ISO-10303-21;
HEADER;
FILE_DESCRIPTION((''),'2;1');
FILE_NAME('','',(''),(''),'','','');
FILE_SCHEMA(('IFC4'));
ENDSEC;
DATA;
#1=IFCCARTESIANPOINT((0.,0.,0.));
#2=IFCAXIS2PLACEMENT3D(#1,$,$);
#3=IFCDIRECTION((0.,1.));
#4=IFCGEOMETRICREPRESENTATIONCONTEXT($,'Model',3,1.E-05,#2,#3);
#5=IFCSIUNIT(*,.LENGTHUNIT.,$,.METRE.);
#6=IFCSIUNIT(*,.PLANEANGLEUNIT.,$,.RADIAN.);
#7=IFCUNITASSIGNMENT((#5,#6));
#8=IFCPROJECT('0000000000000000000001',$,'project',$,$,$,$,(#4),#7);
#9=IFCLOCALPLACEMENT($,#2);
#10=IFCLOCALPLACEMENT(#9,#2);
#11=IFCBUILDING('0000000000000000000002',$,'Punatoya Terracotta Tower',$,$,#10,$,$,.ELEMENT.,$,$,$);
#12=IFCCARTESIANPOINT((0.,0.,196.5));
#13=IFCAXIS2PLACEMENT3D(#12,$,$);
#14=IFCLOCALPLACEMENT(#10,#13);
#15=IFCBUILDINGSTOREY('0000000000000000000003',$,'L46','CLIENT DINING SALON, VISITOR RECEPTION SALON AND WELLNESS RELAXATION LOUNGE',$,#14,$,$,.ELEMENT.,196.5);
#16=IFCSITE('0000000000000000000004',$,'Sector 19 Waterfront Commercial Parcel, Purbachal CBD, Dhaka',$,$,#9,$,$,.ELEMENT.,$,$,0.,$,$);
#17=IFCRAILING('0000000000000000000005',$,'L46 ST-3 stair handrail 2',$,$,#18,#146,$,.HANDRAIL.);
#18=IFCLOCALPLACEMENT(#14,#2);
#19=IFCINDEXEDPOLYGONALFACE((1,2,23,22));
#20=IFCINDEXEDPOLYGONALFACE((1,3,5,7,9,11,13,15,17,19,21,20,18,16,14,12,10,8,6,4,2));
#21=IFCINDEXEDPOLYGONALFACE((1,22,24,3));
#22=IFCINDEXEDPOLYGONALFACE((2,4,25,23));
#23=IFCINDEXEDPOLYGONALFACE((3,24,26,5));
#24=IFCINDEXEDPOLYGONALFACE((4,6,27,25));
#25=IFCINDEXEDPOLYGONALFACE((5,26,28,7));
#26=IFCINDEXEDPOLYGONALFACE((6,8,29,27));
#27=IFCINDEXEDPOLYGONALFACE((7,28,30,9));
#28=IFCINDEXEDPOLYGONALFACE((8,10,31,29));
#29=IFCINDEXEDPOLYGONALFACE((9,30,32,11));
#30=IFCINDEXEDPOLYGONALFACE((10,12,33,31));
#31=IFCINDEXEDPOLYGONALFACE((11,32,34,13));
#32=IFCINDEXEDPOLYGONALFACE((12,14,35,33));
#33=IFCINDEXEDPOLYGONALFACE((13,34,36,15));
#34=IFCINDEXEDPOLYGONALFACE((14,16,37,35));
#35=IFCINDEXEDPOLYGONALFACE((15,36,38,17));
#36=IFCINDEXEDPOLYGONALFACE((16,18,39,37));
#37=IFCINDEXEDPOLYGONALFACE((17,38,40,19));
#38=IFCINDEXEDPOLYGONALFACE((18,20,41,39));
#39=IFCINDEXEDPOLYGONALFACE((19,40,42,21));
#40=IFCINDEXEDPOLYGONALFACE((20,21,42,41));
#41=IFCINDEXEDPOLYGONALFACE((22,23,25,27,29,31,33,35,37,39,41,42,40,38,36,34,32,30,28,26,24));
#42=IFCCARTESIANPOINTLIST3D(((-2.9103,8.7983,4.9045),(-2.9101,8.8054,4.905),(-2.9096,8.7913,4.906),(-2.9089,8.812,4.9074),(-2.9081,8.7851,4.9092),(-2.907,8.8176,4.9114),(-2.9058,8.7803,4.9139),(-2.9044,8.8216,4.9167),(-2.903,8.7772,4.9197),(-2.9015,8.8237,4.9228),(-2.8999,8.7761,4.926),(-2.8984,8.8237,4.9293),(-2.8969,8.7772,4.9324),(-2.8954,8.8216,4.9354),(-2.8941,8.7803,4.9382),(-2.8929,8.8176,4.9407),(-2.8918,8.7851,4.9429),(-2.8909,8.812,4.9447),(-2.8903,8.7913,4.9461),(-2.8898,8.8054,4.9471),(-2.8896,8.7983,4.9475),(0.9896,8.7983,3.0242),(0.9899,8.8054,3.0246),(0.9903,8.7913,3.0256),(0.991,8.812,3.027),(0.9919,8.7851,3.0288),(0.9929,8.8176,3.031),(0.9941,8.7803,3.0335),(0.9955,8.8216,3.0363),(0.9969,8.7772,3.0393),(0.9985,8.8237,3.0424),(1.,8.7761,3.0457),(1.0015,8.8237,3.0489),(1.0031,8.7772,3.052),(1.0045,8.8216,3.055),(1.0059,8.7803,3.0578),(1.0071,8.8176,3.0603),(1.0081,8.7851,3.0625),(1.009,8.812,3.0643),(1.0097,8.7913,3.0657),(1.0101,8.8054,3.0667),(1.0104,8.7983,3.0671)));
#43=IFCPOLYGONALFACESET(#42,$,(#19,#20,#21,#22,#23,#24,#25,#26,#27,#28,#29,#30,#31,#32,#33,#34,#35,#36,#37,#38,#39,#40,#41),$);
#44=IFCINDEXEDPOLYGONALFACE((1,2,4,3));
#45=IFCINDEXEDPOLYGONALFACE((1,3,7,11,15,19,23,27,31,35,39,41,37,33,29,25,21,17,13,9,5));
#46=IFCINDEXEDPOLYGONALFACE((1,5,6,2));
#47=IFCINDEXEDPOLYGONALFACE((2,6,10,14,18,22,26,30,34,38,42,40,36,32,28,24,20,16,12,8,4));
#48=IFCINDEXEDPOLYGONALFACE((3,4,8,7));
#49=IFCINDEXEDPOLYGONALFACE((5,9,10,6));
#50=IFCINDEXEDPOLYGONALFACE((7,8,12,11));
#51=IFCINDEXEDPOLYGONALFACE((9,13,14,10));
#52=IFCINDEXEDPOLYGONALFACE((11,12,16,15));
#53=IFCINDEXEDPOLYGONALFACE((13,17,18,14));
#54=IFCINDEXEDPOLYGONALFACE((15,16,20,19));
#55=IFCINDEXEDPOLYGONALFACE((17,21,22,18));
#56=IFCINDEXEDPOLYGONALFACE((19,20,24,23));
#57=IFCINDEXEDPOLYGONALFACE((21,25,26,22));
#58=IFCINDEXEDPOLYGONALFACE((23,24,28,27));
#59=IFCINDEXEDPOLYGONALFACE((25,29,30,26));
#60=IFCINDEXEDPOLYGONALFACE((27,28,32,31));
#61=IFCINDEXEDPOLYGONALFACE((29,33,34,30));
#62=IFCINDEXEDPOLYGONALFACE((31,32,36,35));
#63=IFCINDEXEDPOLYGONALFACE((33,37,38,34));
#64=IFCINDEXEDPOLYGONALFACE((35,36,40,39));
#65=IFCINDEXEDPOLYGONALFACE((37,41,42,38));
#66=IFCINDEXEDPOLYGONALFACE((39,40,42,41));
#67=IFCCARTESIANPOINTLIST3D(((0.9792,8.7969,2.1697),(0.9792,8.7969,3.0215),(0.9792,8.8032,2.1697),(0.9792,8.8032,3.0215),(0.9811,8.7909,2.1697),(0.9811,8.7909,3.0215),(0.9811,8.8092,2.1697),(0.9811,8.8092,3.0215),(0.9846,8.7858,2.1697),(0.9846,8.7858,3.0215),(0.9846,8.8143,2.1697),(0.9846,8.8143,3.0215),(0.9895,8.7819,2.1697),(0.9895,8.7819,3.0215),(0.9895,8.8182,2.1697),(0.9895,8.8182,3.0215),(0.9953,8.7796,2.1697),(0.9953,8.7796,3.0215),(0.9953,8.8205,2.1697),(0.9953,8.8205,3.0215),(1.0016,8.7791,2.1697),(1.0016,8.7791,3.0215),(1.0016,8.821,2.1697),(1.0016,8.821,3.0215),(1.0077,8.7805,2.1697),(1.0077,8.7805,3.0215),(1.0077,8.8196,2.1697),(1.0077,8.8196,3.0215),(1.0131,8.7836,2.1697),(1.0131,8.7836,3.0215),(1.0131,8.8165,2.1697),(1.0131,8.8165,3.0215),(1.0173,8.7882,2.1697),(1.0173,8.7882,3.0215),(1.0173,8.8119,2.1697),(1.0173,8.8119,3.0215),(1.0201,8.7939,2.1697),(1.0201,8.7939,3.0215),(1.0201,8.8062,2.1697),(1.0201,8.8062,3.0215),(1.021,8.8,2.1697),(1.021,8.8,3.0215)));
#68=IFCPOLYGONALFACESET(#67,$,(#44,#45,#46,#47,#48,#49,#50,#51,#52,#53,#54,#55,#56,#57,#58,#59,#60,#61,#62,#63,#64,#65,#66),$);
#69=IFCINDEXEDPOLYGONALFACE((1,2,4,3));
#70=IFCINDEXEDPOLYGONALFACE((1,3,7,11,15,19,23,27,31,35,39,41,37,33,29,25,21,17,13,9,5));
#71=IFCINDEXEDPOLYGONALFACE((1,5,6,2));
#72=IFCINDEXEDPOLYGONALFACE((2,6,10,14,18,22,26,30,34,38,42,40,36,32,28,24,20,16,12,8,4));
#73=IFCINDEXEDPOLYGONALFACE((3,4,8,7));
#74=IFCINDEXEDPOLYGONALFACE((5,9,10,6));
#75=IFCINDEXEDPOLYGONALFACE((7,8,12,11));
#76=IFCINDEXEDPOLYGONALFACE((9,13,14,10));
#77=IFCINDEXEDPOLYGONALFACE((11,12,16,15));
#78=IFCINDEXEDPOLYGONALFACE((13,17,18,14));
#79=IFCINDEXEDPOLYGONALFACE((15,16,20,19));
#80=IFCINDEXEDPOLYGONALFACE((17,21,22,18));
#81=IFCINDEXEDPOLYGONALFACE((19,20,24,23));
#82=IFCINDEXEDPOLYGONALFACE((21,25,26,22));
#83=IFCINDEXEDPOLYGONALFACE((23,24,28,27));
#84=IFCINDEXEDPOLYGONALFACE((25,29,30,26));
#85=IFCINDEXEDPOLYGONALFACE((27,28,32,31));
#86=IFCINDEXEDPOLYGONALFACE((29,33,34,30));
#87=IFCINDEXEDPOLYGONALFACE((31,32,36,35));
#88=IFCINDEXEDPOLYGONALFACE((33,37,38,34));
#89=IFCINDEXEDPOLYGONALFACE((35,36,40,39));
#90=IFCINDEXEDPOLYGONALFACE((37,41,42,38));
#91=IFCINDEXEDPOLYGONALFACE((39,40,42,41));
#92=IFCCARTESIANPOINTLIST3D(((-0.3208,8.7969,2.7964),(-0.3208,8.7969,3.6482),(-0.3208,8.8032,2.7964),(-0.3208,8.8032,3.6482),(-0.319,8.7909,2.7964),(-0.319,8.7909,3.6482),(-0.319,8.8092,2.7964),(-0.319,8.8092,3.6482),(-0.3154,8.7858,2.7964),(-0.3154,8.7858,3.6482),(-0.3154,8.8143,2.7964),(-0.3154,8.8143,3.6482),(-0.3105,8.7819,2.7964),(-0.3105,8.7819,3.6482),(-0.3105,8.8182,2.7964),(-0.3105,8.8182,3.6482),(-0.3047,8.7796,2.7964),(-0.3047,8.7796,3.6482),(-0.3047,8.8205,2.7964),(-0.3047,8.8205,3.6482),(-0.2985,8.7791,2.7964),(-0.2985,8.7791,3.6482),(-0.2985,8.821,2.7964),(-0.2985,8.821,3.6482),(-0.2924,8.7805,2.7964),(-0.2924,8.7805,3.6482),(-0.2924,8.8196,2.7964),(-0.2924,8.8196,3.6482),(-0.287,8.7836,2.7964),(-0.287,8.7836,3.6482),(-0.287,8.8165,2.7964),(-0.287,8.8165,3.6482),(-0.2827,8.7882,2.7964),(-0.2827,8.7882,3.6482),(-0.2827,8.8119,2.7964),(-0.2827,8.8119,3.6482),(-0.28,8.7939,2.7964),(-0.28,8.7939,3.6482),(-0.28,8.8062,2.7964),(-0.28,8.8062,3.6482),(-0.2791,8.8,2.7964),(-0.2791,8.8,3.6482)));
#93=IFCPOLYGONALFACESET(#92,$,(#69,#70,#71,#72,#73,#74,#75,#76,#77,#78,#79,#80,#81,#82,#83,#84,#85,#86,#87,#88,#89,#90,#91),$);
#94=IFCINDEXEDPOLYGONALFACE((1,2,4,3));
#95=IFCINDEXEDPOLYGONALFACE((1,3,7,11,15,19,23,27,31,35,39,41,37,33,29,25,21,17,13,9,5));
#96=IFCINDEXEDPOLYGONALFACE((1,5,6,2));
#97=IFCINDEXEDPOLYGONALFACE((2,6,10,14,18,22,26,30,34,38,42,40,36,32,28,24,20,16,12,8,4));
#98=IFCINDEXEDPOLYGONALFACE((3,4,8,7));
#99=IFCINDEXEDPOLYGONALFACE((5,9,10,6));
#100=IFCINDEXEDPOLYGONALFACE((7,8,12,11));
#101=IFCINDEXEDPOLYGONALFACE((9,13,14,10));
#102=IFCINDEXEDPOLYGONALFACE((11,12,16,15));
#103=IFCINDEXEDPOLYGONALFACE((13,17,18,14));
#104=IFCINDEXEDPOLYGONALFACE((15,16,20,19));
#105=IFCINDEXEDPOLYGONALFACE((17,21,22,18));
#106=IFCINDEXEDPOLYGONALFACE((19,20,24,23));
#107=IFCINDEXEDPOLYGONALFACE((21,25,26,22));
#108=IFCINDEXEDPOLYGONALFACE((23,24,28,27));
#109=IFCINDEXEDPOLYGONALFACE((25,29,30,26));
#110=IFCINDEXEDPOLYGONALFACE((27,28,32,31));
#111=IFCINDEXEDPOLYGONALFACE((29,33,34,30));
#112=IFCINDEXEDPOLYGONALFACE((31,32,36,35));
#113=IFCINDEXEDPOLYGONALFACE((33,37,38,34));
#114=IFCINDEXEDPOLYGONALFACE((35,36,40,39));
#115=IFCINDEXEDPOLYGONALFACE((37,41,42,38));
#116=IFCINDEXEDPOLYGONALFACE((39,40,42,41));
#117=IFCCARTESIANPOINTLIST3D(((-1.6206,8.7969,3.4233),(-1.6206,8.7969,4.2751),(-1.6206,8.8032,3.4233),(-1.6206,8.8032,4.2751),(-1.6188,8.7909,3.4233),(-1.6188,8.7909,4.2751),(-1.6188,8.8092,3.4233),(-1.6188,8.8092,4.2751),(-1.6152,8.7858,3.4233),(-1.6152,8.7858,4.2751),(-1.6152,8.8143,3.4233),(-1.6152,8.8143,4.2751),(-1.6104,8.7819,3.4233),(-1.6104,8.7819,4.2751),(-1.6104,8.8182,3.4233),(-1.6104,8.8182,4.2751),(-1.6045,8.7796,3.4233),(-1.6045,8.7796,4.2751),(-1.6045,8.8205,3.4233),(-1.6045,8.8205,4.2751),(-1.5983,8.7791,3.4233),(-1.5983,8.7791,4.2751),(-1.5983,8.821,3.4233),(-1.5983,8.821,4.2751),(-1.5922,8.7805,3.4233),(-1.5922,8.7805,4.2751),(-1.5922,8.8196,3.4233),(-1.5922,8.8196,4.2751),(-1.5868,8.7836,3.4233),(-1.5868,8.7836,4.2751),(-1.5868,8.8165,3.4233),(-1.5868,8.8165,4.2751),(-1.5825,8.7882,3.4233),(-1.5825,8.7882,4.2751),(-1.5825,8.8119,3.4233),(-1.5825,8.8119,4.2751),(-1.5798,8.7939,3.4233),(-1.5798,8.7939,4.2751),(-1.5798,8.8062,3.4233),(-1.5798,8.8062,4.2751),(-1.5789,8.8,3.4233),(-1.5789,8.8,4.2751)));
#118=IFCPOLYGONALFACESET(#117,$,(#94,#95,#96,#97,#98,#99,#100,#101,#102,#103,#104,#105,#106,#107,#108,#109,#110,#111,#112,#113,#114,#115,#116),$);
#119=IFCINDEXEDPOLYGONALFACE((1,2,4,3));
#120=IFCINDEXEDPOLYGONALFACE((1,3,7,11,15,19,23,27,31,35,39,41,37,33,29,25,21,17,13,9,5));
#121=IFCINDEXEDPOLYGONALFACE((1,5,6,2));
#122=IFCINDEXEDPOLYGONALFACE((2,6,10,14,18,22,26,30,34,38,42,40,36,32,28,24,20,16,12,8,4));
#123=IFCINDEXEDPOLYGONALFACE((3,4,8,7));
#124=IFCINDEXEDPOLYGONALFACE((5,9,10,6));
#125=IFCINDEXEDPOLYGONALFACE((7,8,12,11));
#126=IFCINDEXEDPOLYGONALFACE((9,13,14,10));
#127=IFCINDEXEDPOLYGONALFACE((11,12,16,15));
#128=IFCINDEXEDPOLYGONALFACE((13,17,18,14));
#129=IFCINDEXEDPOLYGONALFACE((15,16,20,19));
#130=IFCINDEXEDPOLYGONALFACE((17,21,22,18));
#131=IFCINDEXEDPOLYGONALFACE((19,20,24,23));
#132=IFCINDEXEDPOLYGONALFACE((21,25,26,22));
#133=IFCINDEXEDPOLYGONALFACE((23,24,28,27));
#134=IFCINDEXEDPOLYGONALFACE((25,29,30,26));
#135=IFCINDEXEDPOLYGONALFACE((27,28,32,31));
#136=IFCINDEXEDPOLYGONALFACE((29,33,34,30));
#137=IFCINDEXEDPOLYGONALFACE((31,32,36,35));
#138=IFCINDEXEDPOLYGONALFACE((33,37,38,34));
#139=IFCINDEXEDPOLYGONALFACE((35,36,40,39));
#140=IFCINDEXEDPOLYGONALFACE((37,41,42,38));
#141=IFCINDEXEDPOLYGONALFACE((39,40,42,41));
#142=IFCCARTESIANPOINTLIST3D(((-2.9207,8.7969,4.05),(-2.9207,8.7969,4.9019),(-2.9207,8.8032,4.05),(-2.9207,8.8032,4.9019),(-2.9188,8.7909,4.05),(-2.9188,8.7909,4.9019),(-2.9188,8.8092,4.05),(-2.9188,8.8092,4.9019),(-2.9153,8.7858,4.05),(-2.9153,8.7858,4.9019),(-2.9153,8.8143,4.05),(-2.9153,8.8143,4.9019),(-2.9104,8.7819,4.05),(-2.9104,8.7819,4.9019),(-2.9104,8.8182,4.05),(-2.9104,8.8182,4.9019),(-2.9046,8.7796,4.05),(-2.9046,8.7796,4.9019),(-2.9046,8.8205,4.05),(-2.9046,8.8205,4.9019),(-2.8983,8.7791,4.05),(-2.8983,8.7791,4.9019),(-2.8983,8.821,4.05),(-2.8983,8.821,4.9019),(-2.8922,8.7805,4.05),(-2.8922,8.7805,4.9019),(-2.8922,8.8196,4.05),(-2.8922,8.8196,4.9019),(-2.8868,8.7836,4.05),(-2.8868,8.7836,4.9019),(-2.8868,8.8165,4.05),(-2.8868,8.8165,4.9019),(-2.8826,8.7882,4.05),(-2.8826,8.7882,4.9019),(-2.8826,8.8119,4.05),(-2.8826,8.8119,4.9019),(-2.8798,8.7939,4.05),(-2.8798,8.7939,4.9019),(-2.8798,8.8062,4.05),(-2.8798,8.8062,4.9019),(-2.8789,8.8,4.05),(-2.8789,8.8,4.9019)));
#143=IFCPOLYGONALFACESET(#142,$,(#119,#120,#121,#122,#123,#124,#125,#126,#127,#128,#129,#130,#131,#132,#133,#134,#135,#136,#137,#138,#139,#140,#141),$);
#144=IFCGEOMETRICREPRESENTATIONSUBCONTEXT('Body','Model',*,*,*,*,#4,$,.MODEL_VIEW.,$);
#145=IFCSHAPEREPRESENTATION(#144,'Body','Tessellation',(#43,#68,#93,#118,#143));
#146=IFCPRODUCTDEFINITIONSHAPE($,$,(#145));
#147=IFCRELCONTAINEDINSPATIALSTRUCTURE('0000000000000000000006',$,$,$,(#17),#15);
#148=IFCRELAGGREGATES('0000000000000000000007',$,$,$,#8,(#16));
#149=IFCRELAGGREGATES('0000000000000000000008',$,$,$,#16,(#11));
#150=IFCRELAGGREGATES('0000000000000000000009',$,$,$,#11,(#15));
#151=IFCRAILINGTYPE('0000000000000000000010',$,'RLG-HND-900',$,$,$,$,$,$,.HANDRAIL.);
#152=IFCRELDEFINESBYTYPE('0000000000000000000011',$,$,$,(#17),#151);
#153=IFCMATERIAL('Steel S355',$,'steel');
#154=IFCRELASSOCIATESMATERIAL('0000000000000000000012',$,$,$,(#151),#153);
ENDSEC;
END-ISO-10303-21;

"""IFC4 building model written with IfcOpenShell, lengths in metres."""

from ifc_helpers import new_model, si_unit, direction, frame, origin, origin_2d, place, context, subcontext, project, spatial, circle, extrude, material, type_object, element, save


model = new_model("IFC4")

# Units and contexts
model_context = context("Model", 3, precision=1e-05, world=origin(), true_north=direction((0.0, 1.0)))
body_context = subcontext(model_context, "Body", "Model", "MODEL_VIEW")
ifc_project = project(units=[si_unit("LENGTHUNIT", "METRE"), si_unit("PLANEANGLEUNIT", "RADIAN")], contexts=[model_context])

# Site, building, storey
site_placement = place(None, origin())
site = spatial("IfcSite", under=ifc_project, at=site_placement, Name="Sector 19 Waterfront Commercial Parcel, Purbachal CBD, Dhaka", CompositionType="ELEMENT", RefElevation=0.0)
building_placement = place(site_placement, origin())
building = spatial("IfcBuilding", under=site, at=building_placement, Name="Punatoya Terracotta Tower", CompositionType="ELEMENT")
storey_placement = place(building_placement, frame((0.0, 0.0, 196.5)))
storey = spatial("IfcBuildingStorey", under=building, at=storey_placement, Name="L46", Description="CLIENT DINING SALON, VISITOR RECEPTION SALON AND WELLNESS RELAXATION LOUNGE", CompositionType="ELEMENT", Elevation=196.5)

# Shared definitions
ifc_material_1 = material(Name="Steel S355", Category="steel")

# Railing
railing_type_1 = type_object("IfcRailingType", Name="RLG-HND-900", PredefinedType="HANDRAIL", material=ifc_material_1)
railing_1_placement = place(storey_placement, frame((1.0, 8.8, 2.1697)))
element("IfcRailing", 1, at=railing_1_placement, inside=storey, type_object=railing_type_1, Name="L46 ST-3 stair handrail 2", PredefinedType="HANDRAIL", context=body_context, shape_type="SweptSolid", body=[
    extrude(circle(Radius=0.0239, at=origin_2d()), frame((0.0, 0.0, 0.876), z_axis=(-0.900763, 0.0, 0.434311), x_axis=(0.0, -1.0, 0.0)), (0.0, 0.0, 1.0), 4.3296),
    extrude(circle(Radius=0.021, at=origin_2d()), origin(), (0.0, 0.0, 1.0), 0.8518),
    extrude(circle(Radius=0.021, at=origin_2d()), frame((-1.3, 0.0, 0.6267)), (0.0, 0.0, 1.0), 0.8518),
    extrude(circle(Radius=0.021, at=origin_2d()), frame((-2.5999, 0.0, 1.2537)), (0.0, 0.0, 1.0), 0.8518),
    extrude(circle(Radius=0.021, at=origin_2d()), frame((-3.8999, 0.0, 1.8804)), (0.0, 0.0, 1.0), 0.8518),
])

save(model, "model.ifc")
